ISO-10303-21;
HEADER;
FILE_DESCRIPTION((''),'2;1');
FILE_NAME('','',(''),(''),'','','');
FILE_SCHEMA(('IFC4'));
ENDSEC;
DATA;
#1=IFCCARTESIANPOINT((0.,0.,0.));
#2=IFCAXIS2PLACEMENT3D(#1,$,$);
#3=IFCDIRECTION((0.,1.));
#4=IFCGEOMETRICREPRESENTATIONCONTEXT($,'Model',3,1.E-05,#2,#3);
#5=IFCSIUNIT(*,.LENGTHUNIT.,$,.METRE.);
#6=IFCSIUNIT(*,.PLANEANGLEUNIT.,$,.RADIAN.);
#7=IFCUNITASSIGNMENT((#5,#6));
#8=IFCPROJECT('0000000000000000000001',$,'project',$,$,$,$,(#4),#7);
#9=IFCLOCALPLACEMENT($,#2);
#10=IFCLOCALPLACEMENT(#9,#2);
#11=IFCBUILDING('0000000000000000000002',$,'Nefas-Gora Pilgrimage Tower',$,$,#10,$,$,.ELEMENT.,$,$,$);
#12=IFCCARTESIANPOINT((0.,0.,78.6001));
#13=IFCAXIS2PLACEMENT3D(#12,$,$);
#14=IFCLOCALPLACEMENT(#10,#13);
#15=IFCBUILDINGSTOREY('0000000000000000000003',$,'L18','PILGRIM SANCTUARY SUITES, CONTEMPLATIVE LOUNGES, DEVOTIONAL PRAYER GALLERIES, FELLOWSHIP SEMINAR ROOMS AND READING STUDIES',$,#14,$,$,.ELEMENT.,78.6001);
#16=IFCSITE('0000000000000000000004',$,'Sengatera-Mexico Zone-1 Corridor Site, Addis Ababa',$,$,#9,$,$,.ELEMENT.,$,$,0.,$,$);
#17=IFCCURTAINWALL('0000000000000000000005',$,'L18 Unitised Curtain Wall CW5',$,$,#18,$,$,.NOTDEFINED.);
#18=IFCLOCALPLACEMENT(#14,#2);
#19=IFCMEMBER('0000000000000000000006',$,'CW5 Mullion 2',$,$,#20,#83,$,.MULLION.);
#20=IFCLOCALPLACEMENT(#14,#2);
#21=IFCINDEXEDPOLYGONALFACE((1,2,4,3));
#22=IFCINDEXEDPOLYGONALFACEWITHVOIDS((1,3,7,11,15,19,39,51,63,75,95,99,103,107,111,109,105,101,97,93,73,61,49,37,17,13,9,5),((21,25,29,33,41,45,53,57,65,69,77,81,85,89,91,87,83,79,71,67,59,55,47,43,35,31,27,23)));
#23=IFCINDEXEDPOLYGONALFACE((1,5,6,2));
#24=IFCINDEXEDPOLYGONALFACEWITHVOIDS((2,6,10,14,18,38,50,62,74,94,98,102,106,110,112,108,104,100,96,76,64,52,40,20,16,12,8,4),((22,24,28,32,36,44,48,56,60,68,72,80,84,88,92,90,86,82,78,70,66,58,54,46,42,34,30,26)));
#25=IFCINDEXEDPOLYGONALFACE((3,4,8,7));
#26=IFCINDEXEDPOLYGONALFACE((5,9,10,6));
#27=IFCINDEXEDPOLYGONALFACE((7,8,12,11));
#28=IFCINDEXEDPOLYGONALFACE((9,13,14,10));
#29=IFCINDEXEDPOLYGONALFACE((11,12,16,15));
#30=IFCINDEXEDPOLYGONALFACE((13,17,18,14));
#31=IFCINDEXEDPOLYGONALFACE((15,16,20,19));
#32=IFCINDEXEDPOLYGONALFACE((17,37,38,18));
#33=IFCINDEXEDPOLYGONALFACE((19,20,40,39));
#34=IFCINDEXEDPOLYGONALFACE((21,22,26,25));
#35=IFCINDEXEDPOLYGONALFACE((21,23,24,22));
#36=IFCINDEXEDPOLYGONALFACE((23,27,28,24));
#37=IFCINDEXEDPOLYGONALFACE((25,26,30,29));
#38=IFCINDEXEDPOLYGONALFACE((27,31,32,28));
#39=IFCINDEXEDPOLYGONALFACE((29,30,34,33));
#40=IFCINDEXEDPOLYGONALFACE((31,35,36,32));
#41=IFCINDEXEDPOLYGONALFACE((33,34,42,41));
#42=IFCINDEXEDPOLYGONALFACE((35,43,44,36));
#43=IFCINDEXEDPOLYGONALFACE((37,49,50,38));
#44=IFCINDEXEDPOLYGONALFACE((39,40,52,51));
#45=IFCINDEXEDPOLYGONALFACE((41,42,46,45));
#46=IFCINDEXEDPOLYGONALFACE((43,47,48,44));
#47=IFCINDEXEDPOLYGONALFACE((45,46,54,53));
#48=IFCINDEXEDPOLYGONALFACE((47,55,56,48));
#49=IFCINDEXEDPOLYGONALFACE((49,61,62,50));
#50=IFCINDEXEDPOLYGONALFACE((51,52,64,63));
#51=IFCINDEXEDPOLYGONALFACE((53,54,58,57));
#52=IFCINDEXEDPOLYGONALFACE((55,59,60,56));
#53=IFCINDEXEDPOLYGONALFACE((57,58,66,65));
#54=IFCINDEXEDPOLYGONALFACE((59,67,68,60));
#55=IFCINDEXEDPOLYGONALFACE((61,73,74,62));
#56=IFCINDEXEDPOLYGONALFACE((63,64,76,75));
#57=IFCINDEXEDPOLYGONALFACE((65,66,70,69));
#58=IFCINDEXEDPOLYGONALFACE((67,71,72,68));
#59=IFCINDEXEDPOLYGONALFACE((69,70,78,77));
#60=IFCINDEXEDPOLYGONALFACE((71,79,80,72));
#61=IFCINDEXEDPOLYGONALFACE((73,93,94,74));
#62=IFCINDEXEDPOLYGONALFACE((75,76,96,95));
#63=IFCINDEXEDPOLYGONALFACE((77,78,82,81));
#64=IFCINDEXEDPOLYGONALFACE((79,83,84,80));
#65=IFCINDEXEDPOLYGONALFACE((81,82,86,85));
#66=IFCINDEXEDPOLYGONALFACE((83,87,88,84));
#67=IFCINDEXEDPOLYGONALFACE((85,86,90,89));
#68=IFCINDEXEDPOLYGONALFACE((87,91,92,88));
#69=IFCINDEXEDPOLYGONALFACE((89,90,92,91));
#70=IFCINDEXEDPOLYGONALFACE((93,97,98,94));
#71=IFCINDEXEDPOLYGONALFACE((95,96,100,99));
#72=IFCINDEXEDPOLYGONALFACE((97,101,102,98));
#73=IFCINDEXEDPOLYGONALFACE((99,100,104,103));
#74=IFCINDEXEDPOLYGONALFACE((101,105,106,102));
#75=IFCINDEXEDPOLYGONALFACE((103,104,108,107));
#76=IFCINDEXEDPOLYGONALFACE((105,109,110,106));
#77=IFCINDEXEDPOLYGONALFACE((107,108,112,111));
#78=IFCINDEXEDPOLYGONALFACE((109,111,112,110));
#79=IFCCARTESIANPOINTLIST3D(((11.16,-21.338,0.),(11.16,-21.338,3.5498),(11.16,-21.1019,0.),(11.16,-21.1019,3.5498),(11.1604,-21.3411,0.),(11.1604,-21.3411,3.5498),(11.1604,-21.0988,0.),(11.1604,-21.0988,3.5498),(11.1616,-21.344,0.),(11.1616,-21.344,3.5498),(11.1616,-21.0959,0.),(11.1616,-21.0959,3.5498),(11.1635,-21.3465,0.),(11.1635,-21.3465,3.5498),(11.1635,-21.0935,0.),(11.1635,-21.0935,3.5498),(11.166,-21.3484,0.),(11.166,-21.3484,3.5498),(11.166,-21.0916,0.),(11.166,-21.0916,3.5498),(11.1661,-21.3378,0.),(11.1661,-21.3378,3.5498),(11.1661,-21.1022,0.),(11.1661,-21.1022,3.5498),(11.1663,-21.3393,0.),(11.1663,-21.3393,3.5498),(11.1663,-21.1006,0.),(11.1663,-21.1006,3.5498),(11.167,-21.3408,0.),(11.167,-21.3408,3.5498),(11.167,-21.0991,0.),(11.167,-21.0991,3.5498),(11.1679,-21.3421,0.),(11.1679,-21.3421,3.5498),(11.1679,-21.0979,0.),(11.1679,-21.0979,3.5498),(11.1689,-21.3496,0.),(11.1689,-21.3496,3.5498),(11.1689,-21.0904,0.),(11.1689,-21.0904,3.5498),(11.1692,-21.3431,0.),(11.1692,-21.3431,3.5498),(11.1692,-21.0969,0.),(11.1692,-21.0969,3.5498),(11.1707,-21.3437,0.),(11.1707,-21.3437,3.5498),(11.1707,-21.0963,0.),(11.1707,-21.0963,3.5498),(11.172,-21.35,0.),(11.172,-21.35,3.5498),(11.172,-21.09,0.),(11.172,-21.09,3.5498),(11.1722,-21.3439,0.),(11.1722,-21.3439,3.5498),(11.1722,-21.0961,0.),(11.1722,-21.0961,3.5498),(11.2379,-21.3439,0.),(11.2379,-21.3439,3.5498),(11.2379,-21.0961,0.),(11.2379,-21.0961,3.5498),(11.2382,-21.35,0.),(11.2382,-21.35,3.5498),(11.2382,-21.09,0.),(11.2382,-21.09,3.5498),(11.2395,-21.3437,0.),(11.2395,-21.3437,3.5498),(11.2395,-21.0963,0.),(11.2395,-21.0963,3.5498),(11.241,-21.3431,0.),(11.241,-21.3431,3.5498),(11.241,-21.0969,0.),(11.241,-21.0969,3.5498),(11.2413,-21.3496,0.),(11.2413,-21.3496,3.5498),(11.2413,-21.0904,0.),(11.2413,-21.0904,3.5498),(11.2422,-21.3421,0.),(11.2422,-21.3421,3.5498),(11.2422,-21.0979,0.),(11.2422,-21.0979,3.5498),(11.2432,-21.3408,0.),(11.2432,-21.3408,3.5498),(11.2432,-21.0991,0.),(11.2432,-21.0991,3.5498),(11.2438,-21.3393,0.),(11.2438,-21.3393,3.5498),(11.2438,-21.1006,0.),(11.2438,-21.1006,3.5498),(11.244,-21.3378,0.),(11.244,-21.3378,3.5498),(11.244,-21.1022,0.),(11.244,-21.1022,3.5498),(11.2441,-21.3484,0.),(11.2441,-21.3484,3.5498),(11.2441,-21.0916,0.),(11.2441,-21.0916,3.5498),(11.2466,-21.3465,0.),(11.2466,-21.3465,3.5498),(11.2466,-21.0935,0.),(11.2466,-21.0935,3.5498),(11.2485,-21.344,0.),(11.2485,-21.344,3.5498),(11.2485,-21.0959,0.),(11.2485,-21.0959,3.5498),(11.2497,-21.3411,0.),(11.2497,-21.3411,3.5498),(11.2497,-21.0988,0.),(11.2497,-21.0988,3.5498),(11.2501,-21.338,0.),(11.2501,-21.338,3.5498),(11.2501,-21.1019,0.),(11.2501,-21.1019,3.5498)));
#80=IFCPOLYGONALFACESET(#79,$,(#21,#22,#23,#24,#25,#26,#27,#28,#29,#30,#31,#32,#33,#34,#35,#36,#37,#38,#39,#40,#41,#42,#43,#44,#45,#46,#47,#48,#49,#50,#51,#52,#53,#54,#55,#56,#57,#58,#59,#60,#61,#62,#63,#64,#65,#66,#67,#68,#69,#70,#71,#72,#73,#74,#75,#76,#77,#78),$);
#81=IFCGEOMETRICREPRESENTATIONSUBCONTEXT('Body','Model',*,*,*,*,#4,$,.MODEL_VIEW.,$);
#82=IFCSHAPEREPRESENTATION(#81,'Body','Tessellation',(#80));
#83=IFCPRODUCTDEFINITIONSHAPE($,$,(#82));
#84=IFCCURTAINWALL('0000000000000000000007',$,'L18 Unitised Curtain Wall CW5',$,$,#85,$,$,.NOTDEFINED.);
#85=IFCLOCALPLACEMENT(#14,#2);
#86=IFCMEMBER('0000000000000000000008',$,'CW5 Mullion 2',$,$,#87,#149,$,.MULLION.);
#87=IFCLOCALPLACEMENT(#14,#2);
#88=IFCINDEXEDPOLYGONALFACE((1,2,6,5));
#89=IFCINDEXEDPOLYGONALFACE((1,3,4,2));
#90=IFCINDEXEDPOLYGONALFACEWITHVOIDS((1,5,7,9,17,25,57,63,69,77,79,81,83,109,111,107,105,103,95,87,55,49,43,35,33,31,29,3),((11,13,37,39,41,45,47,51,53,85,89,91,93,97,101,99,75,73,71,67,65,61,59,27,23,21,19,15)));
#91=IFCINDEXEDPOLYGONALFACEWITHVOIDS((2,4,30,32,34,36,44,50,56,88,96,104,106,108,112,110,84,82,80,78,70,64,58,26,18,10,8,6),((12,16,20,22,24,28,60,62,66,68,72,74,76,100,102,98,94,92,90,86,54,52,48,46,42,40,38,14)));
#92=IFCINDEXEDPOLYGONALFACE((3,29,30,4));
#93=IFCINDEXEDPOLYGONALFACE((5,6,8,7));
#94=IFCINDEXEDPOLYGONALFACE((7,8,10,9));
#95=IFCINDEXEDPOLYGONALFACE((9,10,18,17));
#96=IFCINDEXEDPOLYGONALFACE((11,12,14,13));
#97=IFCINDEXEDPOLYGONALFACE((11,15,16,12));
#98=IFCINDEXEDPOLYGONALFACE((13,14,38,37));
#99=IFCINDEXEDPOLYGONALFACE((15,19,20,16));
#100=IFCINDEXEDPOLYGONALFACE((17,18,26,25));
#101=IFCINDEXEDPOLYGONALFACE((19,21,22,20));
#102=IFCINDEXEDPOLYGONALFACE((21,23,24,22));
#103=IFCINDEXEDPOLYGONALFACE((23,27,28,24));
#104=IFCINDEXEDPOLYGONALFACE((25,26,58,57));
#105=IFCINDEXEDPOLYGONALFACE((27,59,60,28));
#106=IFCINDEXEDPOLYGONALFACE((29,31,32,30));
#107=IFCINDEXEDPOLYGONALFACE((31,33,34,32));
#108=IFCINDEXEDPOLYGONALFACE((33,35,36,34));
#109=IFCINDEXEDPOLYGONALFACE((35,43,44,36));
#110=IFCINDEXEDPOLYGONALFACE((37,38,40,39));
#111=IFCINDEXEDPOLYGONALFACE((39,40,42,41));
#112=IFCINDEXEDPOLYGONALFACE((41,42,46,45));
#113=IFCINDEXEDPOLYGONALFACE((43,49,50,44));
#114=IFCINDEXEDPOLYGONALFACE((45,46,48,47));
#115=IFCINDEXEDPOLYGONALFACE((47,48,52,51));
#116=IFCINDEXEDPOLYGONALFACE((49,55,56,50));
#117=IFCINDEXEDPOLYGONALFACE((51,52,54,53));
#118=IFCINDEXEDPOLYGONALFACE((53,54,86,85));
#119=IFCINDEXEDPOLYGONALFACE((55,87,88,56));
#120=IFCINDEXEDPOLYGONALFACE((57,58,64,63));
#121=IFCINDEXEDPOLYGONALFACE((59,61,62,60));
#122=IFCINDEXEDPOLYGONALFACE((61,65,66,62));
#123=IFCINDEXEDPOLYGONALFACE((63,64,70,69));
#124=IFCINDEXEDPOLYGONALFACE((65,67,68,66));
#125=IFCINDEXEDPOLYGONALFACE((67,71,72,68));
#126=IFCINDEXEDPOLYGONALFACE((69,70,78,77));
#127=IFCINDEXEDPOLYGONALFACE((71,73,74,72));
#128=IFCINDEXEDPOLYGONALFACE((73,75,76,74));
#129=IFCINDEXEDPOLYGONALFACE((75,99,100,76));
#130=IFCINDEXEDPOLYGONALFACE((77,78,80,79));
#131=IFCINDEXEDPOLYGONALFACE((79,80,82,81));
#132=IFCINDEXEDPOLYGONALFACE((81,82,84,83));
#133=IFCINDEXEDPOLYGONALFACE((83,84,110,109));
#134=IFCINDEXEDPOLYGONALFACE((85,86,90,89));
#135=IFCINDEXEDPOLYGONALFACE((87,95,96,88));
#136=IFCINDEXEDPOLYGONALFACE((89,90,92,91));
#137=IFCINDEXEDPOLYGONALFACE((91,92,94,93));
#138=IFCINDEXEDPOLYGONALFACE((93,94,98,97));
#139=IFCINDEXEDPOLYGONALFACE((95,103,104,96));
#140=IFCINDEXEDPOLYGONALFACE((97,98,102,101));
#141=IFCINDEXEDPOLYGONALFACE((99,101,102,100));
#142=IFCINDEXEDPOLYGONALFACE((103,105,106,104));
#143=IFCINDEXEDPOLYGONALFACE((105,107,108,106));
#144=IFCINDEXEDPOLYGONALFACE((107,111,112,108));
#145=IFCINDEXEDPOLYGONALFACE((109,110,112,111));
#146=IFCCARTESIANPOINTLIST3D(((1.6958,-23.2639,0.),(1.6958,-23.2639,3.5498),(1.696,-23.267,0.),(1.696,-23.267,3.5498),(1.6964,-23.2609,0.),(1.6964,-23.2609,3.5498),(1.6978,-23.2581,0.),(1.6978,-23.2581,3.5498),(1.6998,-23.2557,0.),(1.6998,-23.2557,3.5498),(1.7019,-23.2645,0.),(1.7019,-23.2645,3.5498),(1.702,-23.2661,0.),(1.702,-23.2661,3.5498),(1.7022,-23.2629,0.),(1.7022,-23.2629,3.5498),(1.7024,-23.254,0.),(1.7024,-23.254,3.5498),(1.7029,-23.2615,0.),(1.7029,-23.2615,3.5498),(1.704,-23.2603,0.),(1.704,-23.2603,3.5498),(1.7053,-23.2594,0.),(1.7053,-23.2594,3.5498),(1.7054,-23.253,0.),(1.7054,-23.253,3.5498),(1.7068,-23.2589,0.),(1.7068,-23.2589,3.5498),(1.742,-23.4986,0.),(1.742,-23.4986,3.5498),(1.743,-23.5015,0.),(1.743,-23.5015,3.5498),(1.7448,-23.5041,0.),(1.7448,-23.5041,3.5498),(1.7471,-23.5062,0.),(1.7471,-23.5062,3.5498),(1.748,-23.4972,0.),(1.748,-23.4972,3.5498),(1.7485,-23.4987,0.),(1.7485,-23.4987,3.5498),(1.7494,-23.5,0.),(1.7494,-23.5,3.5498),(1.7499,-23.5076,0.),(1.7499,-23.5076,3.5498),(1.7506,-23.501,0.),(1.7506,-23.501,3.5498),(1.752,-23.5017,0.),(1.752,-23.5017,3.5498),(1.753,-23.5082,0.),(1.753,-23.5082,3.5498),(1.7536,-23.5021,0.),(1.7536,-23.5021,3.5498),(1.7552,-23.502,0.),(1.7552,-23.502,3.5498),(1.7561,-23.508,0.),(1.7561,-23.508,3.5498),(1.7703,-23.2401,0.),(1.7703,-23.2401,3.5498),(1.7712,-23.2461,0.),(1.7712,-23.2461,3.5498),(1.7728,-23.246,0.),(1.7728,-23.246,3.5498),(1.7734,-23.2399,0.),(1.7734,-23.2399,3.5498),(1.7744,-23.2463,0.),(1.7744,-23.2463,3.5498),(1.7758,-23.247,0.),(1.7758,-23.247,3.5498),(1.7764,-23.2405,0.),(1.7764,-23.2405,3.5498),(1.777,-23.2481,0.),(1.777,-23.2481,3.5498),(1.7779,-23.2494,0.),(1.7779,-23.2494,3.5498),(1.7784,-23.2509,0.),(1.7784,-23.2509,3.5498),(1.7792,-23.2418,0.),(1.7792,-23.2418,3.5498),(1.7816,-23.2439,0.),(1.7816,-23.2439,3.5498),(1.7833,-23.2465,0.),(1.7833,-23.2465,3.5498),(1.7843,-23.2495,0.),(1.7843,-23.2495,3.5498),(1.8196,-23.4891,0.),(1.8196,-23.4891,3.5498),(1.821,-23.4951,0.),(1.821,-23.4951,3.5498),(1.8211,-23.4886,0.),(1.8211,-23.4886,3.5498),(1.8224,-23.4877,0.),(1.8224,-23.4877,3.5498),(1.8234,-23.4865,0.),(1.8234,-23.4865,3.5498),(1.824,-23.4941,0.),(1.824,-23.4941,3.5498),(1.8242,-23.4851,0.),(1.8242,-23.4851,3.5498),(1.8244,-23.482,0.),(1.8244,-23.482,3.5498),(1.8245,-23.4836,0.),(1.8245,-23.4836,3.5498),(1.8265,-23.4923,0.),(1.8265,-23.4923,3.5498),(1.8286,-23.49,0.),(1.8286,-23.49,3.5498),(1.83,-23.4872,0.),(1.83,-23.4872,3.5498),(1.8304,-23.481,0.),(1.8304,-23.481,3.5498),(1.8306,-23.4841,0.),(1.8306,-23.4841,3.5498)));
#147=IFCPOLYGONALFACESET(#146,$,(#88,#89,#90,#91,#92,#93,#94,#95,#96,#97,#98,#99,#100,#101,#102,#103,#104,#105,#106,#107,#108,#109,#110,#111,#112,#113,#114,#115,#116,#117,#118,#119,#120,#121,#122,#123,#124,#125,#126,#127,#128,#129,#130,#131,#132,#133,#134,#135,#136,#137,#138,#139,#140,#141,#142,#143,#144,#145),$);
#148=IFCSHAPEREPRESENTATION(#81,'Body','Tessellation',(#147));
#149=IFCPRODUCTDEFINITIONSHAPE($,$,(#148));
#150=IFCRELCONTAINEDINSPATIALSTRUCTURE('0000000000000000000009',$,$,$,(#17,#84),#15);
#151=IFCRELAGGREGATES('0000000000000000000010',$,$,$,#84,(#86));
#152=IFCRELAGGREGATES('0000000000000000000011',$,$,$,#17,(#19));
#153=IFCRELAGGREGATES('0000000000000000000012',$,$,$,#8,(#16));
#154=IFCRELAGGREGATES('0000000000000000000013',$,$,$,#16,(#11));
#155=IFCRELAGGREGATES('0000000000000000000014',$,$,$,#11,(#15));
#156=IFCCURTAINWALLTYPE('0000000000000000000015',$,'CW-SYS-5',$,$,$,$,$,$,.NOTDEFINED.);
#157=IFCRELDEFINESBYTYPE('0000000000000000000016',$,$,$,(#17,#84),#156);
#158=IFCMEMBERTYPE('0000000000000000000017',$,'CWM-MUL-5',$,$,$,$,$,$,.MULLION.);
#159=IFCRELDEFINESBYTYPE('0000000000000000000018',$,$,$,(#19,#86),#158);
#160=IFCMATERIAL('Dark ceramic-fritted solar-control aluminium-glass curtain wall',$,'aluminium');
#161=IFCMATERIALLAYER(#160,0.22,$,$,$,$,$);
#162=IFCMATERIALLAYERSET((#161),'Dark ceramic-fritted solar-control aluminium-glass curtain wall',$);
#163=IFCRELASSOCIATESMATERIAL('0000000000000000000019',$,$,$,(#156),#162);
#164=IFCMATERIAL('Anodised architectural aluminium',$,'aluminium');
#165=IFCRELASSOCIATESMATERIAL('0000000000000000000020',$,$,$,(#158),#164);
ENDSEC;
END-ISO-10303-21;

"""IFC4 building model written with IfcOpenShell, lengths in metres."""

from ifc_helpers import new_model, si_unit, direction, frame, origin, origin_2d, place, context, subcontext, project, spatial, hollow_rectangle, extrude, source, transform, mapped, material, layer, layer_set, material_profile, profile_set, type_object, element, aggregate, save


model = new_model("IFC4")

# Units and contexts
model_context = context("Model", 3, precision=1e-05, world=origin(), true_north=direction((0.0, 1.0)))
body_context = subcontext(model_context, "Body", "Model", "MODEL_VIEW")
ifc_project = project(units=[si_unit("LENGTHUNIT", "METRE"), si_unit("PLANEANGLEUNIT", "RADIAN")], contexts=[model_context])

# Site, building, storey
site_placement = place(None, origin())
site = spatial("IfcSite", under=ifc_project, at=site_placement, Name="Sengatera-Mexico Zone-1 Corridor Site, Addis Ababa", CompositionType="ELEMENT", RefElevation=0.0)
building_placement = place(site_placement, origin())
building = spatial("IfcBuilding", under=site, at=building_placement, Name="Nefas-Gora Pilgrimage Tower", CompositionType="ELEMENT")
storey_placement = place(building_placement, frame((0.0, 0.0, 78.6001)))
storey = spatial("IfcBuildingStorey", under=building, at=storey_placement, Name="L18", Description="PILGRIM SANCTUARY SUITES, CONTEMPLATIVE LOUNGES, DEVOTIONAL PRAYER GALLERIES, FELLOWSHIP SEMINAR ROOMS AND READING STUDIES", CompositionType="ELEMENT", Elevation=78.6001)

# Curtain wall
ifc_material_1 = material(Name="Dark ceramic-fritted solar-control aluminium-glass curtain wall", Category="aluminium")
ifc_layer_1 = layer(ifc_material_1, 0.22)
ifc_layer_set_1 = layer_set([ifc_layer_1], Name="Dark ceramic-fritted solar-control aluminium-glass curtain wall")
curtain_wall_type_1 = type_object("IfcCurtainWallType", Name="CW-SYS-5", PredefinedType="NOTDEFINED", material=ifc_layer_set_1)
curtain_wall_1_placement = place(storey_placement, origin())
curtain_wall_1 = element("IfcCurtainWall", 1, at=curtain_wall_1_placement, inside=storey, type_object=curtain_wall_type_1, Name="L18 Unitised Curtain Wall CW5", PredefinedType="NOTDEFINED")
ifc_material_2 = material(Name="Anodised architectural aluminium", Category="aluminium")

# Member
ifc_material_profile_1 = material_profile(ifc_material_2, hollow_rectangle(XDim=0.0901, YDim=0.26, WallThickness=0.0061, InnerFilletRadius=0.0061, OuterFilletRadius=0.012, at=origin_2d()), Name="ALU MULLION 90x260")
ifc_profile_set_1 = profile_set([ifc_material_profile_1], Name="Anodised architectural aluminium")
member_type_1 = type_object("IfcMemberType", Name="CWM-MUL-5", PredefinedType="MULLION", material=ifc_profile_set_1)
shared_shape_1 = source(origin(), body_context, "Body", "SweptSolid", [
    extrude(hollow_rectangle(XDim=0.0901, YDim=0.26, WallThickness=0.0061, InnerFilletRadius=0.0061, OuterFilletRadius=0.012, at=origin_2d()), origin(), (0.0, 0.0, 1.0), 3.5498),
])
member_1_placement = place(storey_placement, frame((11.2051, -21.22, 0.0), z_axis=(0.0, 0.0, 1.0), x_axis=(1.0, 0.0, 0.0)))
member_1 = element("IfcMember", 2, at=member_1_placement, type_object=member_type_1, Name="CW5 Mullion 2", PredefinedType="MULLION", context=body_context, shape_type="MappedRepresentation", body=[
    mapped(shared_shape_1, transform((0.0, 0.0, 0.0), x_axis=(1.0, 0.0, 0.0), y_axis=(0.0, 1.0, 0.0), z_axis=(0.0, 0.0, 1.0), scale=1.0)),
])

# Curtain wall, member
curtain_wall_2_placement = place(storey_placement, origin())
curtain_wall_2 = element("IfcCurtainWall", 3, at=curtain_wall_2_placement, inside=storey, type_object=curtain_wall_type_1, Name="L18 Unitised Curtain Wall CW5", PredefinedType="NOTDEFINED")
member_2_placement = place(storey_placement, frame((1.7632, -23.374, 0.0), z_axis=(0.0, 0.0, 1.0), x_axis=(0.980783, 0.195102, 0.0)))
member_2 = element("IfcMember", 4, at=member_2_placement, type_object=member_type_1, Name="CW5 Mullion 2", PredefinedType="MULLION", context=body_context, shape_type="MappedRepresentation", body=[
    mapped(shared_shape_1, transform((0.0, 0.0, 0.0), x_axis=(1.0, 0.0, 0.0), y_axis=(0.0, 1.0, 0.0), z_axis=(0.0, 0.0, 1.0), scale=1.0)),
])
aggregate(curtain_wall_2, [member_2])

aggregate(curtain_wall_1, [member_1])

save(model, "model.ifc")
